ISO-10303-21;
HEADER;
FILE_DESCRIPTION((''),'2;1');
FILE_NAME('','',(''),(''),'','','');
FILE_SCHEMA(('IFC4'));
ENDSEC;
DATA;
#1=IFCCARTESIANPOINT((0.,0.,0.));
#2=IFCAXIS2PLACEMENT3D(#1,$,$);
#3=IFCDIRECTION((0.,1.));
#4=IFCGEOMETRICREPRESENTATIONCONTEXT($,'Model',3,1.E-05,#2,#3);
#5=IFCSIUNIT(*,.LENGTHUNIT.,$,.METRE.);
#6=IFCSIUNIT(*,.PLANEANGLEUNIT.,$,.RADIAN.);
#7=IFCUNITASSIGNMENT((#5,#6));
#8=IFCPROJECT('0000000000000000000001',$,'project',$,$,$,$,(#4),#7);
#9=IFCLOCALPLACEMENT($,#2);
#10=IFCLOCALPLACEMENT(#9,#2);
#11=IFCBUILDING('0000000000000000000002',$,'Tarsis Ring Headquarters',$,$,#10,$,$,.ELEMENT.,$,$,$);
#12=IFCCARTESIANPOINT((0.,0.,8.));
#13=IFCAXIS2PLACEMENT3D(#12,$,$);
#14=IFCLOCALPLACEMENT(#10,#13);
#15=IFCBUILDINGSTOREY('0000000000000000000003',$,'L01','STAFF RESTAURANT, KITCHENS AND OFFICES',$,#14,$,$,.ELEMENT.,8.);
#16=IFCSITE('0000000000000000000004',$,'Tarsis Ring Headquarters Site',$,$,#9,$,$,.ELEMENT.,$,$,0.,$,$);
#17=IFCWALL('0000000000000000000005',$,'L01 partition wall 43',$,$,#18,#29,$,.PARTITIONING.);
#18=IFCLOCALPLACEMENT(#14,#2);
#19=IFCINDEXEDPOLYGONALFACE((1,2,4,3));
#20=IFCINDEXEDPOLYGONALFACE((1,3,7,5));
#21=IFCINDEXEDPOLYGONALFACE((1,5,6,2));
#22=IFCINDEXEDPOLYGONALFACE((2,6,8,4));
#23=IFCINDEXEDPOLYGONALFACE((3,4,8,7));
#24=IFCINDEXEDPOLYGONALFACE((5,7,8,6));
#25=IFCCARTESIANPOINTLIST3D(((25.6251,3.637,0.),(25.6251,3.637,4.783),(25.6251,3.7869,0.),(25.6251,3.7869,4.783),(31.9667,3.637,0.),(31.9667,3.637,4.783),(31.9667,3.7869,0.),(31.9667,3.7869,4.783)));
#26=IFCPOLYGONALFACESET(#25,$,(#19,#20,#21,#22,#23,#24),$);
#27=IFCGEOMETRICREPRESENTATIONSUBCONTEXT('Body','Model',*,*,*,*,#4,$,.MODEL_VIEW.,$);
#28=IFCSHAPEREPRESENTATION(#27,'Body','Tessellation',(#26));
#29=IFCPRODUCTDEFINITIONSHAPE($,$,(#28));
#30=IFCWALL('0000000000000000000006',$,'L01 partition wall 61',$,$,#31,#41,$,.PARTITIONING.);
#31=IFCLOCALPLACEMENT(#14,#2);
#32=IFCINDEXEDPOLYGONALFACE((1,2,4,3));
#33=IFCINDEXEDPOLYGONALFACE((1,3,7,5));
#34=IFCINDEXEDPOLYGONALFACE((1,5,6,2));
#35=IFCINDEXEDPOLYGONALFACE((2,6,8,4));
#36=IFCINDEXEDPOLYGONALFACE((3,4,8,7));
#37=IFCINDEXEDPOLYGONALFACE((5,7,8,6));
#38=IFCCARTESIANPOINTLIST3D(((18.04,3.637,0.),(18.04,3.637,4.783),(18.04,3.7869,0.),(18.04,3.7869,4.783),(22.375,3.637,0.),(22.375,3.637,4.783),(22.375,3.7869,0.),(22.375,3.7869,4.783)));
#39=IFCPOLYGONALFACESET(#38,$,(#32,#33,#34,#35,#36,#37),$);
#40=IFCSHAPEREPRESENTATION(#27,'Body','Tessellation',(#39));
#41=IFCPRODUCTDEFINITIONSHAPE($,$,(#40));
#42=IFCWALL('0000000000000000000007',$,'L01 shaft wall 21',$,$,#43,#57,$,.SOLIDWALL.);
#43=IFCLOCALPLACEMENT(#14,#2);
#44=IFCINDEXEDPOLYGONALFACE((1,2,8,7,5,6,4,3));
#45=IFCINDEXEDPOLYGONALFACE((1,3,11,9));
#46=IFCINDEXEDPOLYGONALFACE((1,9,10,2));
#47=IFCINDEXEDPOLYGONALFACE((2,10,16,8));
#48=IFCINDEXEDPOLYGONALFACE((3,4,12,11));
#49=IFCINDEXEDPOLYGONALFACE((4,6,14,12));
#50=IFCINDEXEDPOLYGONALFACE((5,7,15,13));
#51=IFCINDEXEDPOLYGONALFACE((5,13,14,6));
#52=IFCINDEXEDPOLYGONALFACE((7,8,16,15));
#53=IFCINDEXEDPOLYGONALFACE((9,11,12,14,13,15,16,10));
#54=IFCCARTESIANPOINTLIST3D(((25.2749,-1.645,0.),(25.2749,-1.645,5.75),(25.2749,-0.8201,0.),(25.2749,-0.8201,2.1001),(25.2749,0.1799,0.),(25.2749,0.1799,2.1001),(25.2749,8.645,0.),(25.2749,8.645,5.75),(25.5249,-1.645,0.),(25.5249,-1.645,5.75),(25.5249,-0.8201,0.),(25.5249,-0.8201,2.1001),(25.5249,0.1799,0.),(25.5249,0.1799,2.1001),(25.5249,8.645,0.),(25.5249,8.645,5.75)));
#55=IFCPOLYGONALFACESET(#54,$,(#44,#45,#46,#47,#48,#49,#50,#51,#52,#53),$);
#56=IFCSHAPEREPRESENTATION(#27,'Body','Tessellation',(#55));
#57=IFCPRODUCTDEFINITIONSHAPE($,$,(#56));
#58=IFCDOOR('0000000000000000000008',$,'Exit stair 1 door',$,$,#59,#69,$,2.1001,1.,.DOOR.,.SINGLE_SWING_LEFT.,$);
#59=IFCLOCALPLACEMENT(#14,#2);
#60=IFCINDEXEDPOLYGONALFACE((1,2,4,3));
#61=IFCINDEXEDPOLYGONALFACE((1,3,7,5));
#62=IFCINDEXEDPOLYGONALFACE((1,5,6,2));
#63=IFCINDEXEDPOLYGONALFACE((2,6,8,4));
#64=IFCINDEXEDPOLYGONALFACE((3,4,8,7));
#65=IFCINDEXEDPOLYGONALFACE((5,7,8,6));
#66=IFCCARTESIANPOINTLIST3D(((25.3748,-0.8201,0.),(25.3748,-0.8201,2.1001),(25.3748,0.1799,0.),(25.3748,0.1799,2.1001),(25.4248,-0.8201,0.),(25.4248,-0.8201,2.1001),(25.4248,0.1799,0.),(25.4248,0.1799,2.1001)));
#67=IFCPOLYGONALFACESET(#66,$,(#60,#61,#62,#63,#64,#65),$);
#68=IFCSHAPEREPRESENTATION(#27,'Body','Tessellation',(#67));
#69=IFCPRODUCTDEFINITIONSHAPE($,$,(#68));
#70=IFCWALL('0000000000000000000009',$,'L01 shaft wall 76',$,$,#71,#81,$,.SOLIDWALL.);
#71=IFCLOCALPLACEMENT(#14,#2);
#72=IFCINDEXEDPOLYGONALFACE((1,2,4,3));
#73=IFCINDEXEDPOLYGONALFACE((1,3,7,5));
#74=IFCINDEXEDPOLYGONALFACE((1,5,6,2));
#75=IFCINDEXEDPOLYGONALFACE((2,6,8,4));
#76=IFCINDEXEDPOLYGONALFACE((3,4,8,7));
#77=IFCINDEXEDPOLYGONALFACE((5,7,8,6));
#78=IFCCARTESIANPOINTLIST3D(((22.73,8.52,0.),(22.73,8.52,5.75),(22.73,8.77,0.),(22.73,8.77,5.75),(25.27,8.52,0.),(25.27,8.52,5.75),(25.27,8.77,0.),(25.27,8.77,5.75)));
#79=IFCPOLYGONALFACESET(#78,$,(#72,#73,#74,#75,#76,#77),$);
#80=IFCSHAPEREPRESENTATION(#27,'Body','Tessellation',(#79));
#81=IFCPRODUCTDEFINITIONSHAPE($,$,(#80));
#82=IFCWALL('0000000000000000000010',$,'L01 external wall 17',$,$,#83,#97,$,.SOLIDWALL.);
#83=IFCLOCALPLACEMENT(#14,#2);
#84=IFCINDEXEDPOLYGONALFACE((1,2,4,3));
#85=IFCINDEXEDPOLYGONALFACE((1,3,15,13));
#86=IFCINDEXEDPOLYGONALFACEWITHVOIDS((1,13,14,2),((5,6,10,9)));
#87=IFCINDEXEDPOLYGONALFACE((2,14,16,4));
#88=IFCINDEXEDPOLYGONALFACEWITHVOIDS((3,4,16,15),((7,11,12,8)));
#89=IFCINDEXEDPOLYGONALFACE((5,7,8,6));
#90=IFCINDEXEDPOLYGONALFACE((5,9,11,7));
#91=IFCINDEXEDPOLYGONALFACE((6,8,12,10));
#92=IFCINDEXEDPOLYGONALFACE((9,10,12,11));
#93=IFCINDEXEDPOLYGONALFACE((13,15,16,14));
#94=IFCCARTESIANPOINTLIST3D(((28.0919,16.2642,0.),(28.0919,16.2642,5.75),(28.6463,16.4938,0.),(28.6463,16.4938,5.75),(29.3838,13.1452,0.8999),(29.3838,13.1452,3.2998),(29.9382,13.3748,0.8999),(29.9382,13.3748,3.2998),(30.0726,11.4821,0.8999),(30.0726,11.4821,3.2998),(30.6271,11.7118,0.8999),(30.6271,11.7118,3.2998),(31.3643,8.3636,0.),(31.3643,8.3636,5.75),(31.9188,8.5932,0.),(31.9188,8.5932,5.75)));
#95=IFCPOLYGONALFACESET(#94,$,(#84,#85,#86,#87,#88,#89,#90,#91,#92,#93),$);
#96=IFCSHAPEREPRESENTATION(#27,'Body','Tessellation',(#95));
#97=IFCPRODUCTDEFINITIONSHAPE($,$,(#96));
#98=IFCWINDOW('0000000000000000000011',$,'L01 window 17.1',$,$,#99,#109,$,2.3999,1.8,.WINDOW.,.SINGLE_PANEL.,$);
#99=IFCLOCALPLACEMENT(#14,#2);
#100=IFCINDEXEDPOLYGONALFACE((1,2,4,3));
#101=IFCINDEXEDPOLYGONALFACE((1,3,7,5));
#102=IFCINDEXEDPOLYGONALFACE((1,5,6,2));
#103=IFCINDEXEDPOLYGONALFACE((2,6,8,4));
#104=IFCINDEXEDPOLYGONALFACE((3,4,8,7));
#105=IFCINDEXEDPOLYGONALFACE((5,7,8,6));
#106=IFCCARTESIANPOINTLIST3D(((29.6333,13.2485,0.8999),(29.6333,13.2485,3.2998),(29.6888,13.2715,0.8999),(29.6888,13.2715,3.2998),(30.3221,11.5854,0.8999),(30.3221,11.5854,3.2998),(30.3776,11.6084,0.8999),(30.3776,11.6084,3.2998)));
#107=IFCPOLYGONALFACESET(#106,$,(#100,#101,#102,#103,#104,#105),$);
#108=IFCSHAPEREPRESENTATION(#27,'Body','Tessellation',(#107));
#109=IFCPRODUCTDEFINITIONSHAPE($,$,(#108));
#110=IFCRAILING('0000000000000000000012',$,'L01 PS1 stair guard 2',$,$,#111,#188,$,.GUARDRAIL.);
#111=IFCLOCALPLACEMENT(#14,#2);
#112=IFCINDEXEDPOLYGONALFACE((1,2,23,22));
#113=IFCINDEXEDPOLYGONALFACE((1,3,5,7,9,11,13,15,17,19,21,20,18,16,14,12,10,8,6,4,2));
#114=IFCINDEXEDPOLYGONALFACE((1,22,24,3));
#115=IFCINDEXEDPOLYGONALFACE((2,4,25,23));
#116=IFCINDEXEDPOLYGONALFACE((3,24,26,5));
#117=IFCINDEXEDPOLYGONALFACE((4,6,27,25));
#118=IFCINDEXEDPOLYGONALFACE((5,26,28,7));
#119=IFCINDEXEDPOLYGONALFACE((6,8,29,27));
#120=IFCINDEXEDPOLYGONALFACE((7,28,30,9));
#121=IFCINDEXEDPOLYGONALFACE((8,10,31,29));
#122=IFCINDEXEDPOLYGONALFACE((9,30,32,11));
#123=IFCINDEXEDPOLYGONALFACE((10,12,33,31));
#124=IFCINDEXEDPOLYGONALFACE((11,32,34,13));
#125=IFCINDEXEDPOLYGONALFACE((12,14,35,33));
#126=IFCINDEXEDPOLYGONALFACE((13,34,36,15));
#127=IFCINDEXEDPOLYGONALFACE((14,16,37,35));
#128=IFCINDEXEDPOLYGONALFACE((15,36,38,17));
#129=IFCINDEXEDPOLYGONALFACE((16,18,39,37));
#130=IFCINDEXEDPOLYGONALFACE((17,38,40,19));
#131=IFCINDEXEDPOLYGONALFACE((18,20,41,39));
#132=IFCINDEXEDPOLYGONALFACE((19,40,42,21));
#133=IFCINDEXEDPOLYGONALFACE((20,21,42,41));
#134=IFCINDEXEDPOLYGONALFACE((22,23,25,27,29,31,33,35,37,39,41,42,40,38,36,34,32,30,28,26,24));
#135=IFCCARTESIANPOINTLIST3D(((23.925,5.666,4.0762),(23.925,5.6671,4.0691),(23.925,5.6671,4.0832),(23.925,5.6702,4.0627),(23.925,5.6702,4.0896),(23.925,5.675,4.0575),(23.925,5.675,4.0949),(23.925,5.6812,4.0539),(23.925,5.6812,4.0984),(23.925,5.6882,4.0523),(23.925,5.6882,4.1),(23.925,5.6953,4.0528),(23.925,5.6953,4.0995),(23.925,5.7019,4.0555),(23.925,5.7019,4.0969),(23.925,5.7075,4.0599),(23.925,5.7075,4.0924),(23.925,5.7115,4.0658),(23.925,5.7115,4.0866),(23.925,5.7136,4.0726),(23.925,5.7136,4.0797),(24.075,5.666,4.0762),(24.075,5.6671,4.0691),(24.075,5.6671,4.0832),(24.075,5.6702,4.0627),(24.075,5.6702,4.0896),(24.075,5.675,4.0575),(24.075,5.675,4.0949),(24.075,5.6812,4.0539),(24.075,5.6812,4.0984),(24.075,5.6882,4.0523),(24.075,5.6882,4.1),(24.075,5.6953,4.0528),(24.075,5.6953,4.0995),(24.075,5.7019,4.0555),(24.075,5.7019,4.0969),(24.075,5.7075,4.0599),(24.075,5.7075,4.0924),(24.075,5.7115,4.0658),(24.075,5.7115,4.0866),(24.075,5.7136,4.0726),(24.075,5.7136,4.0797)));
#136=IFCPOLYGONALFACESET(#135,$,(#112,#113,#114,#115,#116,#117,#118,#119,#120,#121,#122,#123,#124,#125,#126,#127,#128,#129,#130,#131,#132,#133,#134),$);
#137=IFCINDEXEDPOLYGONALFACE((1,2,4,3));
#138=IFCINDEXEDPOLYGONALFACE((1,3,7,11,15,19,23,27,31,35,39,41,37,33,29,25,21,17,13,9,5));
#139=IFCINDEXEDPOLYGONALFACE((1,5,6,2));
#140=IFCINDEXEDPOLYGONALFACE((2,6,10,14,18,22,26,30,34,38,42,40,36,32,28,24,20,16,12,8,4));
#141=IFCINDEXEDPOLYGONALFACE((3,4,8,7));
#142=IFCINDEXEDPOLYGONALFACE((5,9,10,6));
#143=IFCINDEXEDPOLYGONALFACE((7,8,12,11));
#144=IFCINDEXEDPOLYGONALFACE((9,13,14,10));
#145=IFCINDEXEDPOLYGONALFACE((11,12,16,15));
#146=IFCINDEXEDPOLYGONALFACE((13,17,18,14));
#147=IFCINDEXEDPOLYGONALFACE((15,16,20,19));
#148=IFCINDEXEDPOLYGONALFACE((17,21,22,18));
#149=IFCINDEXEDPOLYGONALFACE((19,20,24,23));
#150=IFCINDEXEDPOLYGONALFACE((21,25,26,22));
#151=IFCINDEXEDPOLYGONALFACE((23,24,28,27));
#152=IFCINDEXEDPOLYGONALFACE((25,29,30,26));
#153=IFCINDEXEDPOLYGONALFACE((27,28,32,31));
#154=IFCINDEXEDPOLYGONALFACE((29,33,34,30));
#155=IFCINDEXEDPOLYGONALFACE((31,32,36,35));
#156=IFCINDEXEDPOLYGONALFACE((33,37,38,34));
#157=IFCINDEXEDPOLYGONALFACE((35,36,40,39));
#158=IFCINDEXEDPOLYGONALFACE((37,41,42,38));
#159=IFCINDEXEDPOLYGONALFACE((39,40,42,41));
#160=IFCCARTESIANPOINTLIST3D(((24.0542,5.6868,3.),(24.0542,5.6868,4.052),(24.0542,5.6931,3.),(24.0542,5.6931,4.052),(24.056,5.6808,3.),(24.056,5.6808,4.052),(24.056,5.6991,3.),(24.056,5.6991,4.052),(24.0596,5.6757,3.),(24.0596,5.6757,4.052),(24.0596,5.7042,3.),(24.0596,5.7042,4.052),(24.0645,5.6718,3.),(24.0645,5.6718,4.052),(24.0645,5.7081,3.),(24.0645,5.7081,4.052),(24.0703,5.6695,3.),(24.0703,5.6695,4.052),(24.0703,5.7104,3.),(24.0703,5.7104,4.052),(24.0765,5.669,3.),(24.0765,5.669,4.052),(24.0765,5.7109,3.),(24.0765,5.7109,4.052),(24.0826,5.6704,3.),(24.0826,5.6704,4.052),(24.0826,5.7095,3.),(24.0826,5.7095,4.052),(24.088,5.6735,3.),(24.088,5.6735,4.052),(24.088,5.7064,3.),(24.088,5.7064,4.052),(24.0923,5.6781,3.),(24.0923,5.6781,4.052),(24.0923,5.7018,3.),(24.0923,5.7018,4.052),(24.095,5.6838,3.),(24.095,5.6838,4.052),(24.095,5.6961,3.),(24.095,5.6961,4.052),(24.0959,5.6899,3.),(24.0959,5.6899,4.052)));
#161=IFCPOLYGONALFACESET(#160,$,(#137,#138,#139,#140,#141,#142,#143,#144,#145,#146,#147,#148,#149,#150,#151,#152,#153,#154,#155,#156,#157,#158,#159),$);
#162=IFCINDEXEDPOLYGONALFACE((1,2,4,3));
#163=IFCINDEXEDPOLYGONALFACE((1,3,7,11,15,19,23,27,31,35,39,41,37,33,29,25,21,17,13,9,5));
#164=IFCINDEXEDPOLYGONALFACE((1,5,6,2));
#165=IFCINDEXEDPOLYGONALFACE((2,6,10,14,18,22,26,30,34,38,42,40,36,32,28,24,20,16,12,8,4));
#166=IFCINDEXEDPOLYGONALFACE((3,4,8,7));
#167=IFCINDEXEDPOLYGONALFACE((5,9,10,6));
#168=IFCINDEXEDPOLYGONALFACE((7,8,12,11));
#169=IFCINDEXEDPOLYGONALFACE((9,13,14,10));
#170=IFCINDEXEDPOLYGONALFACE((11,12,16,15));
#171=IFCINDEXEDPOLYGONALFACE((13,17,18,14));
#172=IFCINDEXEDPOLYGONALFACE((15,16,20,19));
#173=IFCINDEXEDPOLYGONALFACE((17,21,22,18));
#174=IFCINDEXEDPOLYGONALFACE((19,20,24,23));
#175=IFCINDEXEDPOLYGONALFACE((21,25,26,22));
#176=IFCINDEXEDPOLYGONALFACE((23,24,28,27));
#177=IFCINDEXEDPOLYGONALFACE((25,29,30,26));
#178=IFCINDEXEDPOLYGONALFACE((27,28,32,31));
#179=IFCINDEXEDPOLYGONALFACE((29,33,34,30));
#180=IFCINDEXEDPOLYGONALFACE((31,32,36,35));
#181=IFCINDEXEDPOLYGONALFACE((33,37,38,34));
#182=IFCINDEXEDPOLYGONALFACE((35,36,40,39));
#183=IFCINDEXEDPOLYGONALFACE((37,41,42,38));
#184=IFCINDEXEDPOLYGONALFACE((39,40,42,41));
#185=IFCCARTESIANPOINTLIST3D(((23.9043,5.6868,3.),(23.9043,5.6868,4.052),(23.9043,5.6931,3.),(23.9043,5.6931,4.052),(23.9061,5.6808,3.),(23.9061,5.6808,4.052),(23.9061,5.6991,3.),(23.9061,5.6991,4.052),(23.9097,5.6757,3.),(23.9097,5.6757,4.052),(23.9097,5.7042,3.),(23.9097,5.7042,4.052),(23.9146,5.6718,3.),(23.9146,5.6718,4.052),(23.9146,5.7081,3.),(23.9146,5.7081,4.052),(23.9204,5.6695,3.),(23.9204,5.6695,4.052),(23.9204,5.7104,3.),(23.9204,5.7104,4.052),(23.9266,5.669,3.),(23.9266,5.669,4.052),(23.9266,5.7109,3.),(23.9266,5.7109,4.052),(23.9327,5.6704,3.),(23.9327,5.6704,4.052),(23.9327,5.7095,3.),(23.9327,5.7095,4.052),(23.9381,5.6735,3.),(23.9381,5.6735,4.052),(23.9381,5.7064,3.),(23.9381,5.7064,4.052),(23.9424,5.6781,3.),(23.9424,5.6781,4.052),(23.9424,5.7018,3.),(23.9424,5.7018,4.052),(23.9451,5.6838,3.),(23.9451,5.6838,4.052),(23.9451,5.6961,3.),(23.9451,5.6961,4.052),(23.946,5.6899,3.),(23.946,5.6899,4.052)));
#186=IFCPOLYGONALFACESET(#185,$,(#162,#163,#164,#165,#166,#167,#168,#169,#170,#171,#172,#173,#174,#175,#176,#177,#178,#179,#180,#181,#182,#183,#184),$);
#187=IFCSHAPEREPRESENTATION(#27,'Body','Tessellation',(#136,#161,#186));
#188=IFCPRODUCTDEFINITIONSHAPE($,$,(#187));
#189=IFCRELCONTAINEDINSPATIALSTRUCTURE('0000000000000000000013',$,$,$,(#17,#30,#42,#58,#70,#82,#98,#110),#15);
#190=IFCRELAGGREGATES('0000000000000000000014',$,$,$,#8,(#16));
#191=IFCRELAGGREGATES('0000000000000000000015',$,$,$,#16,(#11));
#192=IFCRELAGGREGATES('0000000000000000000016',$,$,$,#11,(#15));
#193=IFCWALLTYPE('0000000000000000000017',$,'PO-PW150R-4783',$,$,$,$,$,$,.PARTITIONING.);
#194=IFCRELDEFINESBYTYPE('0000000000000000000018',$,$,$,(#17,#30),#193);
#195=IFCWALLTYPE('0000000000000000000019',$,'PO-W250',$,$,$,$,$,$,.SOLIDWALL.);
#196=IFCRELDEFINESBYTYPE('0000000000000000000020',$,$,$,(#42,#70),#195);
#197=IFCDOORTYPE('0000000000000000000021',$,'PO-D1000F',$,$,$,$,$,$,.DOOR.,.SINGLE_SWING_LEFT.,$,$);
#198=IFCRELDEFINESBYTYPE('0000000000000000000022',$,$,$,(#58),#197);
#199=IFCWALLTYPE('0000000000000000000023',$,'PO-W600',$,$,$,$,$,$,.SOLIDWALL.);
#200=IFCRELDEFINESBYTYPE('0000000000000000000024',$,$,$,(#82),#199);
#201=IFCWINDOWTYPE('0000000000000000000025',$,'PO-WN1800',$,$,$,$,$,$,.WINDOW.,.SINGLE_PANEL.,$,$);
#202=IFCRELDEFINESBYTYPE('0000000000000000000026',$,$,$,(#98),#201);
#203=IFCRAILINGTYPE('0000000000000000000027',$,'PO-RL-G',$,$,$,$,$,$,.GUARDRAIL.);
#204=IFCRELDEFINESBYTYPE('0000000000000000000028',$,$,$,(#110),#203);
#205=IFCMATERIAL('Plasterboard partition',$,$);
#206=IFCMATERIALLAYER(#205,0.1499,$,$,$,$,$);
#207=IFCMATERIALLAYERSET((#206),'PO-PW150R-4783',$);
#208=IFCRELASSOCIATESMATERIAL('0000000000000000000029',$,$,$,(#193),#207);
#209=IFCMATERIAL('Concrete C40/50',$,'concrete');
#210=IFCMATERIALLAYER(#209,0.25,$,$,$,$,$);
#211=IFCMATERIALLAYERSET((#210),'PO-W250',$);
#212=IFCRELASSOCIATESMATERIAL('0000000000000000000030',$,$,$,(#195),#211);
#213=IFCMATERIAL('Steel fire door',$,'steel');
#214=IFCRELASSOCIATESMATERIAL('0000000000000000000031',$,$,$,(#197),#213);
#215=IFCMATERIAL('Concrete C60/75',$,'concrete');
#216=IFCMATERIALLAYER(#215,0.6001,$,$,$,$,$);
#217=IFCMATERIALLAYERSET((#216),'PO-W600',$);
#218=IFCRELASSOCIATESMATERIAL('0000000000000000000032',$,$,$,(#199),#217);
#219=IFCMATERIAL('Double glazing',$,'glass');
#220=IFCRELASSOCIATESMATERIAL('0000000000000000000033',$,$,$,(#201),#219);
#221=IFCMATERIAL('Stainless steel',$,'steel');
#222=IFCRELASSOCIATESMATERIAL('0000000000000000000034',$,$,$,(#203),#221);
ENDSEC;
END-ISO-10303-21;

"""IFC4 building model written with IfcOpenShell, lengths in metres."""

from ifc_helpers import new_model, si_unit, direction, frame, frame_2d, origin, origin_2d, place, context, subcontext, project, spatial, rectangle, circle, extrude, material, layer, layer_set, type_object, element, fill, save


model = new_model("IFC4")

# Units and contexts
model_context = context("Model", 3, precision=1e-05, world=origin(), true_north=direction((0.0, 1.0)))
body_context = subcontext(model_context, "Body", "Model", "MODEL_VIEW")
ifc_project = project(units=[si_unit("LENGTHUNIT", "METRE"), si_unit("PLANEANGLEUNIT", "RADIAN")], contexts=[model_context])

# Site, building, storey
site_placement = place(None, origin())
site = spatial("IfcSite", under=ifc_project, at=site_placement, Name="Tarsis Ring Headquarters Site", CompositionType="ELEMENT", RefElevation=0.0)
building_placement = place(site_placement, origin())
building = spatial("IfcBuilding", under=site, at=building_placement, Name="Tarsis Ring Headquarters", CompositionType="ELEMENT")
storey_placement = place(building_placement, frame((0.0, 0.0, 8.0)))
storey = spatial("IfcBuildingStorey", under=building, at=storey_placement, Name="L01", Description="STAFF RESTAURANT, KITCHENS AND OFFICES", CompositionType="ELEMENT", Elevation=8.0)

# Shared definitions
ifc_material_1 = material(Name="Concrete C60/75", Category="concrete")

# Shared definitions
ifc_material_2 = material(Name="Concrete C40/50", Category="concrete")

# Walls
ifc_material_3 = material(Name="Plasterboard partition")
ifc_layer_1 = layer(ifc_material_3, 0.1499)
ifc_layer_set_1 = layer_set([ifc_layer_1], Name="PO-PW150R-4783")
wall_type_1 = type_object("IfcWallType", Name="PO-PW150R-4783", PredefinedType="PARTITIONING", material=ifc_layer_set_1)
wall_1_placement = place(storey_placement, frame((25.625, 3.7119, 0.0), z_axis=(0.0, 0.0, 1.0), x_axis=(1.0, 0.0, 0.0)))
element("IfcWall", 1, at=wall_1_placement, inside=storey, type_object=wall_type_1, Name="L01 partition wall 43", PredefinedType="PARTITIONING", context=body_context, shape_type="SweptSolid", body=[
    extrude(rectangle(XDim=6.3416, YDim=0.1499, at=frame_2d((3.1709, 0.0))), origin(), (0.0, 0.0, 1.0), 4.783),
])
wall_2_placement = place(storey_placement, frame((18.04, 3.7119, 0.0), z_axis=(0.0, 0.0, 1.0), x_axis=(1.0, 0.0, 0.0)))
element("IfcWall", 2, at=wall_2_placement, inside=storey, type_object=wall_type_1, Name="L01 partition wall 61", PredefinedType="PARTITIONING", context=body_context, shape_type="SweptSolid", body=[
    extrude(rectangle(XDim=4.335, YDim=0.1499, at=frame_2d((2.1675, 0.0))), origin(), (0.0, 0.0, 1.0), 4.783),
])

# Wall, opening, door
ifc_layer_2 = layer(ifc_material_2, 0.25)
ifc_layer_set_2 = layer_set([ifc_layer_2], Name="PO-W250")
wall_type_2 = type_object("IfcWallType", Name="PO-W250", PredefinedType="SOLIDWALL", material=ifc_layer_set_2)
wall_3_placement = place(storey_placement, frame((25.3999, 8.645, 0.0), z_axis=(0.0, 0.0, 1.0), x_axis=(0.0, -1.0, 0.0)))
wall_3 = element("IfcWall", 3, at=wall_3_placement, inside=storey, type_object=wall_type_2, Name="L01 shaft wall 21", PredefinedType="SOLIDWALL", context=body_context, shape_type="SweptSolid", body=[
    extrude(rectangle(XDim=10.29, YDim=0.25, at=frame_2d((5.145, 0.0))), origin(), (0.0, 0.0, 1.0), 5.75),
])
opening_1_placement = place(wall_3_placement, frame((8.4651, 0.0, 0.0)))
opening_1 = element("IfcOpeningElement", 4, at=opening_1_placement, cuts=wall_3, PredefinedType="OPENING", context=body_context, shape_type="SweptSolid", body=[
    extrude(rectangle(XDim=1.0, YDim=2.1001, at=frame_2d((0.5, 1.05))), frame((0.0, 0.135, 0.0), z_axis=(0.0, -1.0, 0.0), x_axis=(1.0, 0.0, 0.0)), (0.0, 0.0, 1.0), 0.27),
])
ifc_material_4 = material(Name="Steel fire door", Category="steel")
door_type = type_object("IfcDoorType", Name="PO-D1000F", OperationType="SINGLE_SWING_LEFT", PredefinedType="DOOR", material=ifc_material_4)
door_placement = place(opening_1_placement, origin())
door = element("IfcDoor", 5, at=door_placement, inside=storey, type_object=door_type, Name="Exit stair 1 door", OperationType="SINGLE_SWING_LEFT", OverallHeight=2.1001, OverallWidth=1.0, PredefinedType="DOOR", context=body_context, shape_type="SweptSolid", body=[
    extrude(rectangle(XDim=1.0, YDim=2.1001, at=frame_2d((0.5, 1.05))), frame((0.0, 0.0249, 0.0), z_axis=(0.0, -1.0, 0.0), x_axis=(1.0, 0.0, 0.0)), (0.0, 0.0, 1.0), 0.05),
])
fill(opening_1, door)

# Wall
wall_4_placement = place(storey_placement, frame((22.73, 8.645, 0.0), z_axis=(0.0, 0.0, 1.0), x_axis=(1.0, 0.0, 0.0)))
element("IfcWall", 6, at=wall_4_placement, inside=storey, type_object=wall_type_2, Name="L01 shaft wall 76", PredefinedType="SOLIDWALL", context=body_context, shape_type="SweptSolid", body=[
    extrude(rectangle(XDim=2.54, YDim=0.25, at=frame_2d((1.27, 0.0))), origin(), (0.0, 0.0, 1.0), 5.75),
])

# Wall, opening, window
ifc_layer_3 = layer(ifc_material_1, 0.6001)
ifc_layer_set_3 = layer_set([ifc_layer_3], Name="PO-W600")
wall_type_3 = type_object("IfcWallType", Name="PO-W600", PredefinedType="SOLIDWALL", material=ifc_layer_set_3)
wall_5_placement = place(storey_placement, frame((31.6416, 8.4783, 0.0), z_axis=(0.0, 0.0, 1.0), x_axis=(-0.382675, 0.923883, 0.0)))
wall_5 = element("IfcWall", 7, at=wall_5_placement, inside=storey, type_object=wall_type_3, Name="L01 external wall 17", PredefinedType="SOLIDWALL", context=body_context, shape_type="SweptSolid", body=[
    extrude(rectangle(XDim=8.5515, YDim=0.6001, at=frame_2d((4.2759, 0.0))), origin(), (0.0, 0.0, 1.0), 5.75),
])
opening_2_placement = place(wall_5_placement, frame((3.3757, 0.0, 0.8999)))
opening_2 = element("IfcOpeningElement", 8, at=opening_2_placement, cuts=wall_5, PredefinedType="OPENING", context=body_context, shape_type="SweptSolid", body=[
    extrude(rectangle(XDim=1.8, YDim=2.3999, at=frame_2d((0.8999, 1.2))), frame((0.0, 0.3101, 0.0), z_axis=(0.0, -1.0, 0.0), x_axis=(1.0, 0.0, 0.0)), (0.0, 0.0, 1.0), 0.6201),
])
ifc_material_5 = material(Name="Double glazing", Category="glass")
window_type = type_object("IfcWindowType", Name="PO-WN1800", PartitioningType="SINGLE_PANEL", PredefinedType="WINDOW", material=ifc_material_5)
window_placement = place(opening_2_placement, origin())
window = element("IfcWindow", 9, at=window_placement, inside=storey, type_object=window_type, Name="L01 window 17.1", OverallHeight=2.3999, OverallWidth=1.8, PartitioningType="SINGLE_PANEL", PredefinedType="WINDOW", context=body_context, shape_type="SweptSolid", body=[
    extrude(rectangle(XDim=1.8, YDim=2.3999, at=frame_2d((0.8999, 1.2))), frame((0.0, 0.03, 0.0), z_axis=(0.0, -1.0, 0.0), x_axis=(1.0, 0.0, 0.0)), (0.0, 0.0, 1.0), 0.0601),
])
fill(opening_2, window)

# Railing
ifc_material_6 = material(Name="Stainless steel", Category="steel")
railing_type_1 = type_object("IfcRailingType", Name="PO-RL-G", PredefinedType="GUARDRAIL", material=ifc_material_6)
railing_1_placement = place(storey_placement, frame((24.075, 5.6899, 3.0)))
element("IfcRailing", 10, at=railing_1_placement, inside=storey, type_object=railing_type_1, Name="L01 PS1 stair guard 2", PredefinedType="GUARDRAIL", context=body_context, shape_type="SweptSolid", body=[
    extrude(circle(Radius=0.0239, at=origin_2d()), frame((0.0, 0.0, 1.0762), z_axis=(-1.0, 0.0, 0.0), x_axis=(0.0, -1.0, 0.0)), (0.0, 0.0, 1.0), 0.1499),
    extrude(circle(Radius=0.021, at=origin_2d()), origin(), (0.0, 0.0, 1.0), 1.052),
    extrude(circle(Radius=0.021, at=origin_2d()), frame((-0.1499, 0.0, 0.0)), (0.0, 0.0, 1.0), 1.052),
])

save(model, "model.ifc")
